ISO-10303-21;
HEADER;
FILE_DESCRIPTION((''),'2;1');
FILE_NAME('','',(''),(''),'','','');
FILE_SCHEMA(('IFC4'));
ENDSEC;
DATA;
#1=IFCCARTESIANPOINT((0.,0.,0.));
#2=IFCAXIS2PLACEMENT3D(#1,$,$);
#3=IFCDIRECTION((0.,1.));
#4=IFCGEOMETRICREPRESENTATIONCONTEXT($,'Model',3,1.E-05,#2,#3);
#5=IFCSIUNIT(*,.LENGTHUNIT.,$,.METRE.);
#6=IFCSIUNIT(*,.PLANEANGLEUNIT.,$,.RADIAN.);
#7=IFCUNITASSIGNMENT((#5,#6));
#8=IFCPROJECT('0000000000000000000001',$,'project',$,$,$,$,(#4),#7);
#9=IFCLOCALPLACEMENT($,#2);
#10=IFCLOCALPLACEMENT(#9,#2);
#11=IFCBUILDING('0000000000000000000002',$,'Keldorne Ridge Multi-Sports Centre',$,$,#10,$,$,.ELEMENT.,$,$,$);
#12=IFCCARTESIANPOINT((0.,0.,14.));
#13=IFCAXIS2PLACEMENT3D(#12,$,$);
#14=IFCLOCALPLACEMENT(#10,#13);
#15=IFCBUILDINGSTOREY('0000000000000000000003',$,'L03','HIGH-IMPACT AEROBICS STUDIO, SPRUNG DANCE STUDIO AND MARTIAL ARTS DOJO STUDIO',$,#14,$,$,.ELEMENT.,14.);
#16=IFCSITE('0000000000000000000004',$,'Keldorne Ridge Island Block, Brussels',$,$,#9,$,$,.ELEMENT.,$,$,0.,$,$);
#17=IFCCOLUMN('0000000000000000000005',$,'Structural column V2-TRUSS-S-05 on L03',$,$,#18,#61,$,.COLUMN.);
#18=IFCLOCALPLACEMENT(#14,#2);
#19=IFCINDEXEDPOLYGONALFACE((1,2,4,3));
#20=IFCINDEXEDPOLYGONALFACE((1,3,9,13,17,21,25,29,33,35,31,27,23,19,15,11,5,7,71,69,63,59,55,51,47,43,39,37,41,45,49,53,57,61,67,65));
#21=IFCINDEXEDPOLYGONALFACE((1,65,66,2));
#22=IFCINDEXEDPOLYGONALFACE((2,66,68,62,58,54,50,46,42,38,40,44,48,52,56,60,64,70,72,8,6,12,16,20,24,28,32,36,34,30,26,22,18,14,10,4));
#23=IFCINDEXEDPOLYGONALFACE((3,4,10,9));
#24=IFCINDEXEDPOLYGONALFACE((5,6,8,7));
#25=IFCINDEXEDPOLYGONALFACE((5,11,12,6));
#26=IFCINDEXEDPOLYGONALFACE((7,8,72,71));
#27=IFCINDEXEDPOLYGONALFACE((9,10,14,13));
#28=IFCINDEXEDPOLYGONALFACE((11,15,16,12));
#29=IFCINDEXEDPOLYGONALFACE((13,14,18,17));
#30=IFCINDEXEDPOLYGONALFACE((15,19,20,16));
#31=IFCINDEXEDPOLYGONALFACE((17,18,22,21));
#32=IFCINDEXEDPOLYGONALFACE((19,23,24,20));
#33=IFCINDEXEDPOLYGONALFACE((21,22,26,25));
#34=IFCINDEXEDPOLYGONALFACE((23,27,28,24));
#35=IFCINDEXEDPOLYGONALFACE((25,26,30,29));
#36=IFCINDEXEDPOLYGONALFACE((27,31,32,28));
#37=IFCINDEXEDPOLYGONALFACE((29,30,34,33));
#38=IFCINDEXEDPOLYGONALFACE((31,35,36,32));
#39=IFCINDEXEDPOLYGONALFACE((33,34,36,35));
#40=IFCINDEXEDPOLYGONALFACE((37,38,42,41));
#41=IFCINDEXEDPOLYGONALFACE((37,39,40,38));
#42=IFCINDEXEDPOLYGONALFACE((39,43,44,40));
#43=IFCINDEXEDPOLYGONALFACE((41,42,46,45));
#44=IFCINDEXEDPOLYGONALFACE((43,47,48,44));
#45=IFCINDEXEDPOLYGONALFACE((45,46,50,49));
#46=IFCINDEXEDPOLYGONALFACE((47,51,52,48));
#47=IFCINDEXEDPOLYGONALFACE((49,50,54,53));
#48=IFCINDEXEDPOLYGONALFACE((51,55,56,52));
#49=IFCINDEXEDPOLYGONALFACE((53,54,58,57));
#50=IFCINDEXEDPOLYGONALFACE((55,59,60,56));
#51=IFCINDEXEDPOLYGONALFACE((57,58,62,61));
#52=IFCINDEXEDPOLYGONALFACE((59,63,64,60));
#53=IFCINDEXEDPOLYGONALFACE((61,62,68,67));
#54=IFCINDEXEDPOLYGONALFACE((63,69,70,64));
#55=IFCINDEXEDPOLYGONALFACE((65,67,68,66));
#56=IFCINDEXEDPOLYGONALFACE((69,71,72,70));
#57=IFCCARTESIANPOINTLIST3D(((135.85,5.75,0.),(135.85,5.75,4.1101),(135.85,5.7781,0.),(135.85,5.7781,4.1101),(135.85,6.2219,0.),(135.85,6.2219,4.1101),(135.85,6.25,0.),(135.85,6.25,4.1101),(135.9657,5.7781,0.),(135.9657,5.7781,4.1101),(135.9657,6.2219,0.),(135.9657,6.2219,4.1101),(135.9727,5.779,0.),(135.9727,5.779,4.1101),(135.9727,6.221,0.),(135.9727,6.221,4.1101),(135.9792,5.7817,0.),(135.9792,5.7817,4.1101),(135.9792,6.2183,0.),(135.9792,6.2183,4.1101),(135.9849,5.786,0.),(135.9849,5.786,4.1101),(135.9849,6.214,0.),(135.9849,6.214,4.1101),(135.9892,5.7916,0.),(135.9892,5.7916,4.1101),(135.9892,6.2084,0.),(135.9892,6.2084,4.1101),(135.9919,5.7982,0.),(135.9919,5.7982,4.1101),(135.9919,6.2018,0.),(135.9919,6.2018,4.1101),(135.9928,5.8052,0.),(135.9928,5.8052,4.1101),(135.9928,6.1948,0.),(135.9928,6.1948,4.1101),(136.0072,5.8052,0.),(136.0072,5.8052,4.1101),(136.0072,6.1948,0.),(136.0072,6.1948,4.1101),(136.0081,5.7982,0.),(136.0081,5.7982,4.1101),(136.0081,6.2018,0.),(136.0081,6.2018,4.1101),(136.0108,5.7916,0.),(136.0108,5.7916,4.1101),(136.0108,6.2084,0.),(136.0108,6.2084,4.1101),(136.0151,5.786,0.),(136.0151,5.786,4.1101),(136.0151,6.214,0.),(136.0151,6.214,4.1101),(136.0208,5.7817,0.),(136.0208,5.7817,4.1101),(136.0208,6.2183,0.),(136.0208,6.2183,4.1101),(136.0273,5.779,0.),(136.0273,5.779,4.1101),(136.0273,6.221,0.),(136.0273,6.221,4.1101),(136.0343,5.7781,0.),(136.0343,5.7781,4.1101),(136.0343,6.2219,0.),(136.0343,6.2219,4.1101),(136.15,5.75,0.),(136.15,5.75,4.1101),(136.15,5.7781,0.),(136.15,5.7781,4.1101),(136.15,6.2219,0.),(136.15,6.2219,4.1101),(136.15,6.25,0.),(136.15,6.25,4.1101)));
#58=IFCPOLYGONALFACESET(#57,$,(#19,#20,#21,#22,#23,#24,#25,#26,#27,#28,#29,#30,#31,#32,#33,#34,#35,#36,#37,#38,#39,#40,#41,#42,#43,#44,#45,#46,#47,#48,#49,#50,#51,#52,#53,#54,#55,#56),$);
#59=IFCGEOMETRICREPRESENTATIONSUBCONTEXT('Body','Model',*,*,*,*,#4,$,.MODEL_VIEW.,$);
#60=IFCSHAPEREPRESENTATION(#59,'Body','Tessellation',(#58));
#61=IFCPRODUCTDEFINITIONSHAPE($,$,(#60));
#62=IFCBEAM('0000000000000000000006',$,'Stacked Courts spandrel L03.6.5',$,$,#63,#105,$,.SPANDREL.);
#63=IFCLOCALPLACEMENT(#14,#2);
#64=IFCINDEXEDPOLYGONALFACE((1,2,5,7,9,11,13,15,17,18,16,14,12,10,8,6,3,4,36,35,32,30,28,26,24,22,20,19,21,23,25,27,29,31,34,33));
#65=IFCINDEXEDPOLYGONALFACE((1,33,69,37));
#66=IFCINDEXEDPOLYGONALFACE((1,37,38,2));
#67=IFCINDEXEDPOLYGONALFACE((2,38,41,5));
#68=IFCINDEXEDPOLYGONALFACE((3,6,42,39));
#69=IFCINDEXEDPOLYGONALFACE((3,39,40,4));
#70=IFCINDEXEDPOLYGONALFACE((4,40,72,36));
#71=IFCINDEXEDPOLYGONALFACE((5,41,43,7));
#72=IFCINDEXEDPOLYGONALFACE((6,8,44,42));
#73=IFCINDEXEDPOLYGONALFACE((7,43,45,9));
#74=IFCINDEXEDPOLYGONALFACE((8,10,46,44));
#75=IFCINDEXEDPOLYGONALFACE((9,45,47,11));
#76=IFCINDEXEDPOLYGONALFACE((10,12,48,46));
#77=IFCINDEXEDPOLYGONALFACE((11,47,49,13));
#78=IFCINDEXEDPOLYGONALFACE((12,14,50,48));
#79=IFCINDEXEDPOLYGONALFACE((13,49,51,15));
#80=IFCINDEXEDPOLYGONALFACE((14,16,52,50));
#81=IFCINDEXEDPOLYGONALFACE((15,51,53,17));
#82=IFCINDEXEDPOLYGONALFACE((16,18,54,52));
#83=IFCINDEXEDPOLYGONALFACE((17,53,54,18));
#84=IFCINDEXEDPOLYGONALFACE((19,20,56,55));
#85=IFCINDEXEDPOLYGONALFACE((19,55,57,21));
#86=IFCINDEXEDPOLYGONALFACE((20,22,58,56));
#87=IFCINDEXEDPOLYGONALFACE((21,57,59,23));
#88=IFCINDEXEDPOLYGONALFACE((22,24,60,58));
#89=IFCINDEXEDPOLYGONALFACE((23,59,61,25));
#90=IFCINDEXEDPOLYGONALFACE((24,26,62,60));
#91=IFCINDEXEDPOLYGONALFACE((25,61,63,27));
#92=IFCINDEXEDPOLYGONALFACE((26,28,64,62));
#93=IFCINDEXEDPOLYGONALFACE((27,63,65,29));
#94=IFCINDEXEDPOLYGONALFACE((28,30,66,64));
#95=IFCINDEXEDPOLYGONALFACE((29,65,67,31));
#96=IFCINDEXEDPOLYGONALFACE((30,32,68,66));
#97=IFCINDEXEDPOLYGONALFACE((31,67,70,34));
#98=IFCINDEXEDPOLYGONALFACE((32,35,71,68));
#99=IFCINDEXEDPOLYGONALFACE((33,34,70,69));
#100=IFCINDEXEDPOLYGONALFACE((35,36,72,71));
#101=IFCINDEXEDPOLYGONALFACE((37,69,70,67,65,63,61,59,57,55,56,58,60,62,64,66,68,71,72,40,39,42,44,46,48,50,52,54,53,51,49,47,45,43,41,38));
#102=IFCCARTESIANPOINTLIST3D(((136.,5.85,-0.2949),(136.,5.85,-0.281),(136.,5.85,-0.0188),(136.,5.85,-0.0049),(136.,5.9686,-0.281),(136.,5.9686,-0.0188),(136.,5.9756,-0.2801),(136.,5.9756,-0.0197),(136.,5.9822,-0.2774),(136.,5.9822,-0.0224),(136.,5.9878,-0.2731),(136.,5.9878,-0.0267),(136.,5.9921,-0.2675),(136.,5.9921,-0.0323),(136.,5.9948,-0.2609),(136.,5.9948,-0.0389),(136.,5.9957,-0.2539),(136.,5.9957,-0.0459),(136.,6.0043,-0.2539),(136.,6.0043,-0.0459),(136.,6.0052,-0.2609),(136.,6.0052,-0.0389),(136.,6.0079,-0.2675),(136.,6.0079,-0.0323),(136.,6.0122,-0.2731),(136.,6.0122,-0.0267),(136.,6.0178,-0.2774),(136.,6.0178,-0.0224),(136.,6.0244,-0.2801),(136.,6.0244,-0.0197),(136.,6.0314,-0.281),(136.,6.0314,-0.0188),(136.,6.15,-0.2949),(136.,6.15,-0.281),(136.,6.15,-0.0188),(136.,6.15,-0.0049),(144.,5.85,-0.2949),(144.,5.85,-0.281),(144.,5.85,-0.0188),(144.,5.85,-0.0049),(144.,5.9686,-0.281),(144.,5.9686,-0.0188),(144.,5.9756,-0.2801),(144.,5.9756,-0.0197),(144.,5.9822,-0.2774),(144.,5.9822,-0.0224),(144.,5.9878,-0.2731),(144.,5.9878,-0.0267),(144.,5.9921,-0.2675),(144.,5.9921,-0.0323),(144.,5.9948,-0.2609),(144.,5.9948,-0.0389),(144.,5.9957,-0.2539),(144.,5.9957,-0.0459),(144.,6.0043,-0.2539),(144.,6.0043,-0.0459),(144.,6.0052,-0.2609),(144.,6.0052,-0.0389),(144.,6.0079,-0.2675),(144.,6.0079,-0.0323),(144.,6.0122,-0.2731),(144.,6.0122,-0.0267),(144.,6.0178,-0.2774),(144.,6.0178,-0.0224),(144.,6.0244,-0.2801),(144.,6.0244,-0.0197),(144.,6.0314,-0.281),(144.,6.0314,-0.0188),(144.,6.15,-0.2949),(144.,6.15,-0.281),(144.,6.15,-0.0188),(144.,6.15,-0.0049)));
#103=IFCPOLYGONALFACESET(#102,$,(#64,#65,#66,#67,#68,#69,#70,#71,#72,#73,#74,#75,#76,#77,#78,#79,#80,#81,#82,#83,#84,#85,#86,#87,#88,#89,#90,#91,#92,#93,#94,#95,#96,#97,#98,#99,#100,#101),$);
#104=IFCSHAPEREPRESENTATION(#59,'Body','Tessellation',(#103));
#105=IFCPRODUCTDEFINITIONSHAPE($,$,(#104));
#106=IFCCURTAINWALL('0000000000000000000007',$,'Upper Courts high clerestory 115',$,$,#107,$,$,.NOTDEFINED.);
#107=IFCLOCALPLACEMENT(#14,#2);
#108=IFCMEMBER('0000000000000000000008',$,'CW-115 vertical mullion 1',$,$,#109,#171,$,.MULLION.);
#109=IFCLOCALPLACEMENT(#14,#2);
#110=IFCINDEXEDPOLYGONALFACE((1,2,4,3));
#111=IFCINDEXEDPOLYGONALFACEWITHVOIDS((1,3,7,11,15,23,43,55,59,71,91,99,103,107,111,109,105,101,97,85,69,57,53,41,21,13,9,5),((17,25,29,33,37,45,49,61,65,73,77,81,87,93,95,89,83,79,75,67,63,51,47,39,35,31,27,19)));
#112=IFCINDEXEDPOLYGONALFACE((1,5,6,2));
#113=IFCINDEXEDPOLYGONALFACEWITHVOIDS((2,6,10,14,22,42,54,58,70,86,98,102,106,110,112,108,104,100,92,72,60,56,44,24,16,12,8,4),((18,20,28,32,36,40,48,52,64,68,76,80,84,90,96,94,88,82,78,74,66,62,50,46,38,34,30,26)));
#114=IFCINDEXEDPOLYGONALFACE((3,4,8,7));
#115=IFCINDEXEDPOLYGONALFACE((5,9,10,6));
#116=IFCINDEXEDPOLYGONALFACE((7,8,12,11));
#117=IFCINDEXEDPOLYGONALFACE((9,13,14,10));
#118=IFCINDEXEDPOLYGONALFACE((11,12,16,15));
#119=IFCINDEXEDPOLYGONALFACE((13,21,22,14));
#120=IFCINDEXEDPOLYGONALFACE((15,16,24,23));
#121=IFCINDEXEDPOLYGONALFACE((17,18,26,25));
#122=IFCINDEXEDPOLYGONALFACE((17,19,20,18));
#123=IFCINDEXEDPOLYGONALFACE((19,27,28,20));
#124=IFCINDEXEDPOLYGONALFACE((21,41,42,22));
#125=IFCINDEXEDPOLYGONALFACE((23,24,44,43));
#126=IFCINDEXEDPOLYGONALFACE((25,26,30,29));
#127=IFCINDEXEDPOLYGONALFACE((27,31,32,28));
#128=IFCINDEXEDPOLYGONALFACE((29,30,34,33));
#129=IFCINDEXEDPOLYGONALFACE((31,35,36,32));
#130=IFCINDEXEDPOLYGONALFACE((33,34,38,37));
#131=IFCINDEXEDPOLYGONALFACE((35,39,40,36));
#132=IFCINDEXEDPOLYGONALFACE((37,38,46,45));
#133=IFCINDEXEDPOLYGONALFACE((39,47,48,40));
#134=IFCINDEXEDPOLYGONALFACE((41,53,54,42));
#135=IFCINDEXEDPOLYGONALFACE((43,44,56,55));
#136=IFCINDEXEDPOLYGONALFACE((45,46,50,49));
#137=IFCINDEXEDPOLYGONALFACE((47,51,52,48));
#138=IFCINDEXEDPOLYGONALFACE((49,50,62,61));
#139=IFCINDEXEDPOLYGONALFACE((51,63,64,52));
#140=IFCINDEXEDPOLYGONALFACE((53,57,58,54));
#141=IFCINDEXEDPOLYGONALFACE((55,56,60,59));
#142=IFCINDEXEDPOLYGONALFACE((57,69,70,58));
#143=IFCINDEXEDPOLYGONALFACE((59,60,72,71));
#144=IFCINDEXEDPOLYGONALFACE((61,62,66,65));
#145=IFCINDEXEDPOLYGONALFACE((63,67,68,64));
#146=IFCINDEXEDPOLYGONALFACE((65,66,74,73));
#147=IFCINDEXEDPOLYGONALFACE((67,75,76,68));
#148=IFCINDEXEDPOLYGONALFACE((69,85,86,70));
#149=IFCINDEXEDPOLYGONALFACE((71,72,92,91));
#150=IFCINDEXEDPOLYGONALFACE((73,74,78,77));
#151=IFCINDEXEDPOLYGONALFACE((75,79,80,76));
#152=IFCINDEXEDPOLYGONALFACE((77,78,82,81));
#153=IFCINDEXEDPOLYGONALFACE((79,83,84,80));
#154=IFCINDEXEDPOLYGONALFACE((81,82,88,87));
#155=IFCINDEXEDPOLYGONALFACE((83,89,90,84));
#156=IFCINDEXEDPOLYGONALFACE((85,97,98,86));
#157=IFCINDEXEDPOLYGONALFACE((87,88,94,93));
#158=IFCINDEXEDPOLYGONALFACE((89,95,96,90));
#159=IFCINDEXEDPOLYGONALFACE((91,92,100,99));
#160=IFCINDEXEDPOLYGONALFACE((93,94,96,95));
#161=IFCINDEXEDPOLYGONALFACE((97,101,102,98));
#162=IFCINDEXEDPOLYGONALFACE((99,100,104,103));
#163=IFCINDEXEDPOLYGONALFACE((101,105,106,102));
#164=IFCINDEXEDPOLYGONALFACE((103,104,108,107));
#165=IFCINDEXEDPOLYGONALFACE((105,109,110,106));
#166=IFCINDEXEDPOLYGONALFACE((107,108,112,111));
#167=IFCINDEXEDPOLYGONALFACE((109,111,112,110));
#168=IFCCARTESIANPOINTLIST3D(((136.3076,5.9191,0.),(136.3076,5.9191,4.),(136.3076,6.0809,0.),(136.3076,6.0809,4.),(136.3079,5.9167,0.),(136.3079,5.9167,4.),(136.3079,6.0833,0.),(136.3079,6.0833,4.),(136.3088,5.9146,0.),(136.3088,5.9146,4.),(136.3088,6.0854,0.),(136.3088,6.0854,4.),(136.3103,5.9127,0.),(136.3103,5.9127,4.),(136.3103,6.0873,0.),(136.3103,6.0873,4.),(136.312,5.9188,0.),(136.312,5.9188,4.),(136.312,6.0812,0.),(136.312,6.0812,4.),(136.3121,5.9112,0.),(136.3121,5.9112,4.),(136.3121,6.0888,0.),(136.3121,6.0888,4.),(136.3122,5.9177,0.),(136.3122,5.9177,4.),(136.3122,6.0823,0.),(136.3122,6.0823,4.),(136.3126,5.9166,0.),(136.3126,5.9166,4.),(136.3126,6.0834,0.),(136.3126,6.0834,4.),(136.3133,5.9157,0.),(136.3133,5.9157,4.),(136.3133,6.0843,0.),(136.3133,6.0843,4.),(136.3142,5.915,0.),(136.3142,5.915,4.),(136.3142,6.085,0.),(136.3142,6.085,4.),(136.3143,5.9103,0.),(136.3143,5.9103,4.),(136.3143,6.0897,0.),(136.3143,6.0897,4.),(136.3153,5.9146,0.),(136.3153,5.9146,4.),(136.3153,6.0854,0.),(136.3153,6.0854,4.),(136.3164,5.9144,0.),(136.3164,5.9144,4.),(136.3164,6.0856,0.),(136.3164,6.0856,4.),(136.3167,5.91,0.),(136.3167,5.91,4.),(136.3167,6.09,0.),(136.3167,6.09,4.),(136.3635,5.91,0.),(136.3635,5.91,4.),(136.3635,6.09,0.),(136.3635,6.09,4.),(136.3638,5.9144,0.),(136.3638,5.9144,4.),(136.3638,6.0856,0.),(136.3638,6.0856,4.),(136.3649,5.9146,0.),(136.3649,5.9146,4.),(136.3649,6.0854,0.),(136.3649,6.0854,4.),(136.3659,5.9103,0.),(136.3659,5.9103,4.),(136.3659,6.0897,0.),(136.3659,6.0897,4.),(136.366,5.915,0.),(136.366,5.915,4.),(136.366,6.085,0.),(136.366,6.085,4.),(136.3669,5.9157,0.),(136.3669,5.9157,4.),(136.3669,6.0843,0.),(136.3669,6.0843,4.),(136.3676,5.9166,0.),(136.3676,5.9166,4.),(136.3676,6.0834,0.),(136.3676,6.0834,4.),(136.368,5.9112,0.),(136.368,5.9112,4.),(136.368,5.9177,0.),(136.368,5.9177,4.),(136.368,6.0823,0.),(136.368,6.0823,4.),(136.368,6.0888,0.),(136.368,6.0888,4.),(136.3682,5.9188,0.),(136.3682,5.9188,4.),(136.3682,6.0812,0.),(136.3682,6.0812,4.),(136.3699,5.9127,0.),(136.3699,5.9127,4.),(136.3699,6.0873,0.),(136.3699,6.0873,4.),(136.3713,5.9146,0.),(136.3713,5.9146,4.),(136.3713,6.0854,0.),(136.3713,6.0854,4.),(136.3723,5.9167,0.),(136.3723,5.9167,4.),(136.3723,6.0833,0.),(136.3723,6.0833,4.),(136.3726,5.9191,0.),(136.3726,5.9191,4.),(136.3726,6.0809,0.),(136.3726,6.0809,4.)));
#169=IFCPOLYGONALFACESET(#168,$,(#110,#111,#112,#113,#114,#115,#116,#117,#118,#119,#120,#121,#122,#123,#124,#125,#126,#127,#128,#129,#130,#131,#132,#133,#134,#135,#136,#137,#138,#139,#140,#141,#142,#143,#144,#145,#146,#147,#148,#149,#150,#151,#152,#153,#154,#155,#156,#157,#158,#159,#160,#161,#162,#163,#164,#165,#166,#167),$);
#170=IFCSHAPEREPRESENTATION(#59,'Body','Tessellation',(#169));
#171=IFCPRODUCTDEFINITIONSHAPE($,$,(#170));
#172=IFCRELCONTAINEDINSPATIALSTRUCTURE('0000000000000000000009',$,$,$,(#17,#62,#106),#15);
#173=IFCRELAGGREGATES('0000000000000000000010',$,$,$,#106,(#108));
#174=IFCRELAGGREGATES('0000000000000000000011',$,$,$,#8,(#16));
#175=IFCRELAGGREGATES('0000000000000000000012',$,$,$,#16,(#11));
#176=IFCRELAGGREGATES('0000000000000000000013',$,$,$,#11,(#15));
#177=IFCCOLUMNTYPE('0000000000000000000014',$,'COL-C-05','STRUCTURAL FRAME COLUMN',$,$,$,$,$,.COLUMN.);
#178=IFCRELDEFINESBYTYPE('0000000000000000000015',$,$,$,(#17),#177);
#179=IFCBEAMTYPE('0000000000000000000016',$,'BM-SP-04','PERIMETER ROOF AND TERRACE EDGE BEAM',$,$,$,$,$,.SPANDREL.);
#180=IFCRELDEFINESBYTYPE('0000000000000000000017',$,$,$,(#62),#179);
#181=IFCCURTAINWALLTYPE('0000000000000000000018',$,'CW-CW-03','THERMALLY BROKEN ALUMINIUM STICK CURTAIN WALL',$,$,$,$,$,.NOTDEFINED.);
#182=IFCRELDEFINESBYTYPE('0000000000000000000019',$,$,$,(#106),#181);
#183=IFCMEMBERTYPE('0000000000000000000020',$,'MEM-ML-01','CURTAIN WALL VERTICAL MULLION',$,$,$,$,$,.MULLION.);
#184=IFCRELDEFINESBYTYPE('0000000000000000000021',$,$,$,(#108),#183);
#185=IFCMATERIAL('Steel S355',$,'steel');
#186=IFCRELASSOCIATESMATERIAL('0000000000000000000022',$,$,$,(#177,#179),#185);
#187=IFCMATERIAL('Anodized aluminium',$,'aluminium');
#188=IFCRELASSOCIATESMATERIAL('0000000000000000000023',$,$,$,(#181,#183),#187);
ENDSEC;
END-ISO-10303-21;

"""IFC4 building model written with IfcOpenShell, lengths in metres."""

from ifc_helpers import new_model, si_unit, direction, frame, origin, origin_2d, place, context, subcontext, project, spatial, hollow_rectangle, i_section, extrude, material, material_profile, profile_set, type_object, element, aggregate, save


model = new_model("IFC4")

# Units and contexts
model_context = context("Model", 3, precision=1e-05, world=origin(), true_north=direction((0.0, 1.0)))
body_context = subcontext(model_context, "Body", "Model", "MODEL_VIEW")
ifc_project = project(units=[si_unit("LENGTHUNIT", "METRE"), si_unit("PLANEANGLEUNIT", "RADIAN")], contexts=[model_context])

# Site, building, storey
site_placement = place(None, origin())
site = spatial("IfcSite", under=ifc_project, at=site_placement, Name="Keldorne Ridge Island Block, Brussels", CompositionType="ELEMENT", RefElevation=0.0)
building_placement = place(site_placement, origin())
building = spatial("IfcBuilding", under=site, at=building_placement, Name="Keldorne Ridge Multi-Sports Centre", CompositionType="ELEMENT")
storey_placement = place(building_placement, frame((0.0, 0.0, 14.0)))
storey = spatial("IfcBuildingStorey", under=building, at=storey_placement, Name="L03", Description="HIGH-IMPACT AEROBICS STUDIO, SPRUNG DANCE STUDIO AND MARTIAL ARTS DOJO STUDIO", CompositionType="ELEMENT", Elevation=14.0)

# Column
ifc_material_1 = material(Name="Steel S355", Category="steel")
ifc_material_profile_1 = material_profile(ifc_material_1, i_section(OverallWidth=0.3, OverallDepth=0.5, WebThickness=0.0144, FlangeThickness=0.0281, FilletRadius=0.0271, at=origin_2d()), Name="HEB 500")
ifc_profile_set_1 = profile_set([ifc_material_profile_1], Name="Steel S355")
column_type = type_object("IfcColumnType", Name="COL-C-05", Description="STRUCTURAL FRAME COLUMN", PredefinedType="COLUMN", material=ifc_profile_set_1)
column_placement = place(storey_placement, frame((136.0, 6.0, 0.0), z_axis=(0.0, 0.0, 1.0), x_axis=(1.0, 0.0, 0.0)))
element("IfcColumn", 1, at=column_placement, inside=storey, type_object=column_type, Name="Structural column V2-TRUSS-S-05 on L03", PredefinedType="COLUMN", context=body_context, shape_type="SweptSolid", body=[
    extrude(i_section(OverallWidth=0.3, OverallDepth=0.5, WebThickness=0.0144, FlangeThickness=0.0281, FilletRadius=0.0271, at=origin_2d()), origin(), (0.0, 0.0, 1.0), 4.1101),
])

# Beam
ifc_material_profile_2 = material_profile(ifc_material_1, i_section(OverallWidth=0.3, OverallDepth=0.29, WebThickness=0.0085, FlangeThickness=0.0139, FilletRadius=0.0271, at=origin_2d()), Name="HEA 300")
ifc_profile_set_2 = profile_set([ifc_material_profile_2], Name="Steel S355")
beam_type = type_object("IfcBeamType", Name="BM-SP-04", Description="PERIMETER ROOF AND TERRACE EDGE BEAM", PredefinedType="SPANDREL", material=ifc_profile_set_2)
beam_placement = place(storey_placement, frame((136.0, 6.0, -0.1499), z_axis=(1.0, 0.0, 0.0), x_axis=(0.0, 1.0, 0.0)))
element("IfcBeam", 2, at=beam_placement, inside=storey, type_object=beam_type, Name="Stacked Courts spandrel L03.6.5", PredefinedType="SPANDREL", context=body_context, shape_type="SweptSolid", body=[
    extrude(i_section(OverallWidth=0.3, OverallDepth=0.29, WebThickness=0.0085, FlangeThickness=0.0139, FilletRadius=0.0271, at=origin_2d()), origin(), (0.0, 0.0, 1.0), 8.0),
])

# Curtain wall, member
ifc_material_2 = material(Name="Anodized aluminium", Category="aluminium")
curtain_wall_type = type_object("IfcCurtainWallType", Name="CW-CW-03", Description="THERMALLY BROKEN ALUMINIUM STICK CURTAIN WALL", PredefinedType="NOTDEFINED", material=ifc_material_2)
curtain_wall_placement = place(storey_placement, origin())
curtain_wall = element("IfcCurtainWall", 3, at=curtain_wall_placement, inside=storey, type_object=curtain_wall_type, Name="Upper Courts high clerestory 115", PredefinedType="NOTDEFINED")
ifc_material_profile_3 = material_profile(ifc_material_2, hollow_rectangle(XDim=0.0649, YDim=0.1799, WallThickness=0.0044, InnerFilletRadius=0.0044, OuterFilletRadius=0.009, at=origin_2d()), Name="ALU MULLION 180x65x4.5")
ifc_profile_set_3 = profile_set([ifc_material_profile_3], Name="Anodized aluminium")
member_type_1 = type_object("IfcMemberType", Name="MEM-ML-01", Description="CURTAIN WALL VERTICAL MULLION", PredefinedType="MULLION", material=ifc_profile_set_3)
member_1_placement = place(storey_placement, frame((136.3401, 6.0, 0.0), z_axis=(0.0, 0.0, 1.0), x_axis=(1.0, 0.0, 0.0)))
member_1 = element("IfcMember", 4, at=member_1_placement, type_object=member_type_1, Name="CW-115 vertical mullion 1", PredefinedType="MULLION", context=body_context, shape_type="SweptSolid", body=[
    extrude(hollow_rectangle(XDim=0.0649, YDim=0.1799, WallThickness=0.0044, InnerFilletRadius=0.0044, OuterFilletRadius=0.009, at=origin_2d()), origin(), (0.0, 0.0, 1.0), 4.0),
])

aggregate(curtain_wall, [member_1])

save(model, "model.ifc")
